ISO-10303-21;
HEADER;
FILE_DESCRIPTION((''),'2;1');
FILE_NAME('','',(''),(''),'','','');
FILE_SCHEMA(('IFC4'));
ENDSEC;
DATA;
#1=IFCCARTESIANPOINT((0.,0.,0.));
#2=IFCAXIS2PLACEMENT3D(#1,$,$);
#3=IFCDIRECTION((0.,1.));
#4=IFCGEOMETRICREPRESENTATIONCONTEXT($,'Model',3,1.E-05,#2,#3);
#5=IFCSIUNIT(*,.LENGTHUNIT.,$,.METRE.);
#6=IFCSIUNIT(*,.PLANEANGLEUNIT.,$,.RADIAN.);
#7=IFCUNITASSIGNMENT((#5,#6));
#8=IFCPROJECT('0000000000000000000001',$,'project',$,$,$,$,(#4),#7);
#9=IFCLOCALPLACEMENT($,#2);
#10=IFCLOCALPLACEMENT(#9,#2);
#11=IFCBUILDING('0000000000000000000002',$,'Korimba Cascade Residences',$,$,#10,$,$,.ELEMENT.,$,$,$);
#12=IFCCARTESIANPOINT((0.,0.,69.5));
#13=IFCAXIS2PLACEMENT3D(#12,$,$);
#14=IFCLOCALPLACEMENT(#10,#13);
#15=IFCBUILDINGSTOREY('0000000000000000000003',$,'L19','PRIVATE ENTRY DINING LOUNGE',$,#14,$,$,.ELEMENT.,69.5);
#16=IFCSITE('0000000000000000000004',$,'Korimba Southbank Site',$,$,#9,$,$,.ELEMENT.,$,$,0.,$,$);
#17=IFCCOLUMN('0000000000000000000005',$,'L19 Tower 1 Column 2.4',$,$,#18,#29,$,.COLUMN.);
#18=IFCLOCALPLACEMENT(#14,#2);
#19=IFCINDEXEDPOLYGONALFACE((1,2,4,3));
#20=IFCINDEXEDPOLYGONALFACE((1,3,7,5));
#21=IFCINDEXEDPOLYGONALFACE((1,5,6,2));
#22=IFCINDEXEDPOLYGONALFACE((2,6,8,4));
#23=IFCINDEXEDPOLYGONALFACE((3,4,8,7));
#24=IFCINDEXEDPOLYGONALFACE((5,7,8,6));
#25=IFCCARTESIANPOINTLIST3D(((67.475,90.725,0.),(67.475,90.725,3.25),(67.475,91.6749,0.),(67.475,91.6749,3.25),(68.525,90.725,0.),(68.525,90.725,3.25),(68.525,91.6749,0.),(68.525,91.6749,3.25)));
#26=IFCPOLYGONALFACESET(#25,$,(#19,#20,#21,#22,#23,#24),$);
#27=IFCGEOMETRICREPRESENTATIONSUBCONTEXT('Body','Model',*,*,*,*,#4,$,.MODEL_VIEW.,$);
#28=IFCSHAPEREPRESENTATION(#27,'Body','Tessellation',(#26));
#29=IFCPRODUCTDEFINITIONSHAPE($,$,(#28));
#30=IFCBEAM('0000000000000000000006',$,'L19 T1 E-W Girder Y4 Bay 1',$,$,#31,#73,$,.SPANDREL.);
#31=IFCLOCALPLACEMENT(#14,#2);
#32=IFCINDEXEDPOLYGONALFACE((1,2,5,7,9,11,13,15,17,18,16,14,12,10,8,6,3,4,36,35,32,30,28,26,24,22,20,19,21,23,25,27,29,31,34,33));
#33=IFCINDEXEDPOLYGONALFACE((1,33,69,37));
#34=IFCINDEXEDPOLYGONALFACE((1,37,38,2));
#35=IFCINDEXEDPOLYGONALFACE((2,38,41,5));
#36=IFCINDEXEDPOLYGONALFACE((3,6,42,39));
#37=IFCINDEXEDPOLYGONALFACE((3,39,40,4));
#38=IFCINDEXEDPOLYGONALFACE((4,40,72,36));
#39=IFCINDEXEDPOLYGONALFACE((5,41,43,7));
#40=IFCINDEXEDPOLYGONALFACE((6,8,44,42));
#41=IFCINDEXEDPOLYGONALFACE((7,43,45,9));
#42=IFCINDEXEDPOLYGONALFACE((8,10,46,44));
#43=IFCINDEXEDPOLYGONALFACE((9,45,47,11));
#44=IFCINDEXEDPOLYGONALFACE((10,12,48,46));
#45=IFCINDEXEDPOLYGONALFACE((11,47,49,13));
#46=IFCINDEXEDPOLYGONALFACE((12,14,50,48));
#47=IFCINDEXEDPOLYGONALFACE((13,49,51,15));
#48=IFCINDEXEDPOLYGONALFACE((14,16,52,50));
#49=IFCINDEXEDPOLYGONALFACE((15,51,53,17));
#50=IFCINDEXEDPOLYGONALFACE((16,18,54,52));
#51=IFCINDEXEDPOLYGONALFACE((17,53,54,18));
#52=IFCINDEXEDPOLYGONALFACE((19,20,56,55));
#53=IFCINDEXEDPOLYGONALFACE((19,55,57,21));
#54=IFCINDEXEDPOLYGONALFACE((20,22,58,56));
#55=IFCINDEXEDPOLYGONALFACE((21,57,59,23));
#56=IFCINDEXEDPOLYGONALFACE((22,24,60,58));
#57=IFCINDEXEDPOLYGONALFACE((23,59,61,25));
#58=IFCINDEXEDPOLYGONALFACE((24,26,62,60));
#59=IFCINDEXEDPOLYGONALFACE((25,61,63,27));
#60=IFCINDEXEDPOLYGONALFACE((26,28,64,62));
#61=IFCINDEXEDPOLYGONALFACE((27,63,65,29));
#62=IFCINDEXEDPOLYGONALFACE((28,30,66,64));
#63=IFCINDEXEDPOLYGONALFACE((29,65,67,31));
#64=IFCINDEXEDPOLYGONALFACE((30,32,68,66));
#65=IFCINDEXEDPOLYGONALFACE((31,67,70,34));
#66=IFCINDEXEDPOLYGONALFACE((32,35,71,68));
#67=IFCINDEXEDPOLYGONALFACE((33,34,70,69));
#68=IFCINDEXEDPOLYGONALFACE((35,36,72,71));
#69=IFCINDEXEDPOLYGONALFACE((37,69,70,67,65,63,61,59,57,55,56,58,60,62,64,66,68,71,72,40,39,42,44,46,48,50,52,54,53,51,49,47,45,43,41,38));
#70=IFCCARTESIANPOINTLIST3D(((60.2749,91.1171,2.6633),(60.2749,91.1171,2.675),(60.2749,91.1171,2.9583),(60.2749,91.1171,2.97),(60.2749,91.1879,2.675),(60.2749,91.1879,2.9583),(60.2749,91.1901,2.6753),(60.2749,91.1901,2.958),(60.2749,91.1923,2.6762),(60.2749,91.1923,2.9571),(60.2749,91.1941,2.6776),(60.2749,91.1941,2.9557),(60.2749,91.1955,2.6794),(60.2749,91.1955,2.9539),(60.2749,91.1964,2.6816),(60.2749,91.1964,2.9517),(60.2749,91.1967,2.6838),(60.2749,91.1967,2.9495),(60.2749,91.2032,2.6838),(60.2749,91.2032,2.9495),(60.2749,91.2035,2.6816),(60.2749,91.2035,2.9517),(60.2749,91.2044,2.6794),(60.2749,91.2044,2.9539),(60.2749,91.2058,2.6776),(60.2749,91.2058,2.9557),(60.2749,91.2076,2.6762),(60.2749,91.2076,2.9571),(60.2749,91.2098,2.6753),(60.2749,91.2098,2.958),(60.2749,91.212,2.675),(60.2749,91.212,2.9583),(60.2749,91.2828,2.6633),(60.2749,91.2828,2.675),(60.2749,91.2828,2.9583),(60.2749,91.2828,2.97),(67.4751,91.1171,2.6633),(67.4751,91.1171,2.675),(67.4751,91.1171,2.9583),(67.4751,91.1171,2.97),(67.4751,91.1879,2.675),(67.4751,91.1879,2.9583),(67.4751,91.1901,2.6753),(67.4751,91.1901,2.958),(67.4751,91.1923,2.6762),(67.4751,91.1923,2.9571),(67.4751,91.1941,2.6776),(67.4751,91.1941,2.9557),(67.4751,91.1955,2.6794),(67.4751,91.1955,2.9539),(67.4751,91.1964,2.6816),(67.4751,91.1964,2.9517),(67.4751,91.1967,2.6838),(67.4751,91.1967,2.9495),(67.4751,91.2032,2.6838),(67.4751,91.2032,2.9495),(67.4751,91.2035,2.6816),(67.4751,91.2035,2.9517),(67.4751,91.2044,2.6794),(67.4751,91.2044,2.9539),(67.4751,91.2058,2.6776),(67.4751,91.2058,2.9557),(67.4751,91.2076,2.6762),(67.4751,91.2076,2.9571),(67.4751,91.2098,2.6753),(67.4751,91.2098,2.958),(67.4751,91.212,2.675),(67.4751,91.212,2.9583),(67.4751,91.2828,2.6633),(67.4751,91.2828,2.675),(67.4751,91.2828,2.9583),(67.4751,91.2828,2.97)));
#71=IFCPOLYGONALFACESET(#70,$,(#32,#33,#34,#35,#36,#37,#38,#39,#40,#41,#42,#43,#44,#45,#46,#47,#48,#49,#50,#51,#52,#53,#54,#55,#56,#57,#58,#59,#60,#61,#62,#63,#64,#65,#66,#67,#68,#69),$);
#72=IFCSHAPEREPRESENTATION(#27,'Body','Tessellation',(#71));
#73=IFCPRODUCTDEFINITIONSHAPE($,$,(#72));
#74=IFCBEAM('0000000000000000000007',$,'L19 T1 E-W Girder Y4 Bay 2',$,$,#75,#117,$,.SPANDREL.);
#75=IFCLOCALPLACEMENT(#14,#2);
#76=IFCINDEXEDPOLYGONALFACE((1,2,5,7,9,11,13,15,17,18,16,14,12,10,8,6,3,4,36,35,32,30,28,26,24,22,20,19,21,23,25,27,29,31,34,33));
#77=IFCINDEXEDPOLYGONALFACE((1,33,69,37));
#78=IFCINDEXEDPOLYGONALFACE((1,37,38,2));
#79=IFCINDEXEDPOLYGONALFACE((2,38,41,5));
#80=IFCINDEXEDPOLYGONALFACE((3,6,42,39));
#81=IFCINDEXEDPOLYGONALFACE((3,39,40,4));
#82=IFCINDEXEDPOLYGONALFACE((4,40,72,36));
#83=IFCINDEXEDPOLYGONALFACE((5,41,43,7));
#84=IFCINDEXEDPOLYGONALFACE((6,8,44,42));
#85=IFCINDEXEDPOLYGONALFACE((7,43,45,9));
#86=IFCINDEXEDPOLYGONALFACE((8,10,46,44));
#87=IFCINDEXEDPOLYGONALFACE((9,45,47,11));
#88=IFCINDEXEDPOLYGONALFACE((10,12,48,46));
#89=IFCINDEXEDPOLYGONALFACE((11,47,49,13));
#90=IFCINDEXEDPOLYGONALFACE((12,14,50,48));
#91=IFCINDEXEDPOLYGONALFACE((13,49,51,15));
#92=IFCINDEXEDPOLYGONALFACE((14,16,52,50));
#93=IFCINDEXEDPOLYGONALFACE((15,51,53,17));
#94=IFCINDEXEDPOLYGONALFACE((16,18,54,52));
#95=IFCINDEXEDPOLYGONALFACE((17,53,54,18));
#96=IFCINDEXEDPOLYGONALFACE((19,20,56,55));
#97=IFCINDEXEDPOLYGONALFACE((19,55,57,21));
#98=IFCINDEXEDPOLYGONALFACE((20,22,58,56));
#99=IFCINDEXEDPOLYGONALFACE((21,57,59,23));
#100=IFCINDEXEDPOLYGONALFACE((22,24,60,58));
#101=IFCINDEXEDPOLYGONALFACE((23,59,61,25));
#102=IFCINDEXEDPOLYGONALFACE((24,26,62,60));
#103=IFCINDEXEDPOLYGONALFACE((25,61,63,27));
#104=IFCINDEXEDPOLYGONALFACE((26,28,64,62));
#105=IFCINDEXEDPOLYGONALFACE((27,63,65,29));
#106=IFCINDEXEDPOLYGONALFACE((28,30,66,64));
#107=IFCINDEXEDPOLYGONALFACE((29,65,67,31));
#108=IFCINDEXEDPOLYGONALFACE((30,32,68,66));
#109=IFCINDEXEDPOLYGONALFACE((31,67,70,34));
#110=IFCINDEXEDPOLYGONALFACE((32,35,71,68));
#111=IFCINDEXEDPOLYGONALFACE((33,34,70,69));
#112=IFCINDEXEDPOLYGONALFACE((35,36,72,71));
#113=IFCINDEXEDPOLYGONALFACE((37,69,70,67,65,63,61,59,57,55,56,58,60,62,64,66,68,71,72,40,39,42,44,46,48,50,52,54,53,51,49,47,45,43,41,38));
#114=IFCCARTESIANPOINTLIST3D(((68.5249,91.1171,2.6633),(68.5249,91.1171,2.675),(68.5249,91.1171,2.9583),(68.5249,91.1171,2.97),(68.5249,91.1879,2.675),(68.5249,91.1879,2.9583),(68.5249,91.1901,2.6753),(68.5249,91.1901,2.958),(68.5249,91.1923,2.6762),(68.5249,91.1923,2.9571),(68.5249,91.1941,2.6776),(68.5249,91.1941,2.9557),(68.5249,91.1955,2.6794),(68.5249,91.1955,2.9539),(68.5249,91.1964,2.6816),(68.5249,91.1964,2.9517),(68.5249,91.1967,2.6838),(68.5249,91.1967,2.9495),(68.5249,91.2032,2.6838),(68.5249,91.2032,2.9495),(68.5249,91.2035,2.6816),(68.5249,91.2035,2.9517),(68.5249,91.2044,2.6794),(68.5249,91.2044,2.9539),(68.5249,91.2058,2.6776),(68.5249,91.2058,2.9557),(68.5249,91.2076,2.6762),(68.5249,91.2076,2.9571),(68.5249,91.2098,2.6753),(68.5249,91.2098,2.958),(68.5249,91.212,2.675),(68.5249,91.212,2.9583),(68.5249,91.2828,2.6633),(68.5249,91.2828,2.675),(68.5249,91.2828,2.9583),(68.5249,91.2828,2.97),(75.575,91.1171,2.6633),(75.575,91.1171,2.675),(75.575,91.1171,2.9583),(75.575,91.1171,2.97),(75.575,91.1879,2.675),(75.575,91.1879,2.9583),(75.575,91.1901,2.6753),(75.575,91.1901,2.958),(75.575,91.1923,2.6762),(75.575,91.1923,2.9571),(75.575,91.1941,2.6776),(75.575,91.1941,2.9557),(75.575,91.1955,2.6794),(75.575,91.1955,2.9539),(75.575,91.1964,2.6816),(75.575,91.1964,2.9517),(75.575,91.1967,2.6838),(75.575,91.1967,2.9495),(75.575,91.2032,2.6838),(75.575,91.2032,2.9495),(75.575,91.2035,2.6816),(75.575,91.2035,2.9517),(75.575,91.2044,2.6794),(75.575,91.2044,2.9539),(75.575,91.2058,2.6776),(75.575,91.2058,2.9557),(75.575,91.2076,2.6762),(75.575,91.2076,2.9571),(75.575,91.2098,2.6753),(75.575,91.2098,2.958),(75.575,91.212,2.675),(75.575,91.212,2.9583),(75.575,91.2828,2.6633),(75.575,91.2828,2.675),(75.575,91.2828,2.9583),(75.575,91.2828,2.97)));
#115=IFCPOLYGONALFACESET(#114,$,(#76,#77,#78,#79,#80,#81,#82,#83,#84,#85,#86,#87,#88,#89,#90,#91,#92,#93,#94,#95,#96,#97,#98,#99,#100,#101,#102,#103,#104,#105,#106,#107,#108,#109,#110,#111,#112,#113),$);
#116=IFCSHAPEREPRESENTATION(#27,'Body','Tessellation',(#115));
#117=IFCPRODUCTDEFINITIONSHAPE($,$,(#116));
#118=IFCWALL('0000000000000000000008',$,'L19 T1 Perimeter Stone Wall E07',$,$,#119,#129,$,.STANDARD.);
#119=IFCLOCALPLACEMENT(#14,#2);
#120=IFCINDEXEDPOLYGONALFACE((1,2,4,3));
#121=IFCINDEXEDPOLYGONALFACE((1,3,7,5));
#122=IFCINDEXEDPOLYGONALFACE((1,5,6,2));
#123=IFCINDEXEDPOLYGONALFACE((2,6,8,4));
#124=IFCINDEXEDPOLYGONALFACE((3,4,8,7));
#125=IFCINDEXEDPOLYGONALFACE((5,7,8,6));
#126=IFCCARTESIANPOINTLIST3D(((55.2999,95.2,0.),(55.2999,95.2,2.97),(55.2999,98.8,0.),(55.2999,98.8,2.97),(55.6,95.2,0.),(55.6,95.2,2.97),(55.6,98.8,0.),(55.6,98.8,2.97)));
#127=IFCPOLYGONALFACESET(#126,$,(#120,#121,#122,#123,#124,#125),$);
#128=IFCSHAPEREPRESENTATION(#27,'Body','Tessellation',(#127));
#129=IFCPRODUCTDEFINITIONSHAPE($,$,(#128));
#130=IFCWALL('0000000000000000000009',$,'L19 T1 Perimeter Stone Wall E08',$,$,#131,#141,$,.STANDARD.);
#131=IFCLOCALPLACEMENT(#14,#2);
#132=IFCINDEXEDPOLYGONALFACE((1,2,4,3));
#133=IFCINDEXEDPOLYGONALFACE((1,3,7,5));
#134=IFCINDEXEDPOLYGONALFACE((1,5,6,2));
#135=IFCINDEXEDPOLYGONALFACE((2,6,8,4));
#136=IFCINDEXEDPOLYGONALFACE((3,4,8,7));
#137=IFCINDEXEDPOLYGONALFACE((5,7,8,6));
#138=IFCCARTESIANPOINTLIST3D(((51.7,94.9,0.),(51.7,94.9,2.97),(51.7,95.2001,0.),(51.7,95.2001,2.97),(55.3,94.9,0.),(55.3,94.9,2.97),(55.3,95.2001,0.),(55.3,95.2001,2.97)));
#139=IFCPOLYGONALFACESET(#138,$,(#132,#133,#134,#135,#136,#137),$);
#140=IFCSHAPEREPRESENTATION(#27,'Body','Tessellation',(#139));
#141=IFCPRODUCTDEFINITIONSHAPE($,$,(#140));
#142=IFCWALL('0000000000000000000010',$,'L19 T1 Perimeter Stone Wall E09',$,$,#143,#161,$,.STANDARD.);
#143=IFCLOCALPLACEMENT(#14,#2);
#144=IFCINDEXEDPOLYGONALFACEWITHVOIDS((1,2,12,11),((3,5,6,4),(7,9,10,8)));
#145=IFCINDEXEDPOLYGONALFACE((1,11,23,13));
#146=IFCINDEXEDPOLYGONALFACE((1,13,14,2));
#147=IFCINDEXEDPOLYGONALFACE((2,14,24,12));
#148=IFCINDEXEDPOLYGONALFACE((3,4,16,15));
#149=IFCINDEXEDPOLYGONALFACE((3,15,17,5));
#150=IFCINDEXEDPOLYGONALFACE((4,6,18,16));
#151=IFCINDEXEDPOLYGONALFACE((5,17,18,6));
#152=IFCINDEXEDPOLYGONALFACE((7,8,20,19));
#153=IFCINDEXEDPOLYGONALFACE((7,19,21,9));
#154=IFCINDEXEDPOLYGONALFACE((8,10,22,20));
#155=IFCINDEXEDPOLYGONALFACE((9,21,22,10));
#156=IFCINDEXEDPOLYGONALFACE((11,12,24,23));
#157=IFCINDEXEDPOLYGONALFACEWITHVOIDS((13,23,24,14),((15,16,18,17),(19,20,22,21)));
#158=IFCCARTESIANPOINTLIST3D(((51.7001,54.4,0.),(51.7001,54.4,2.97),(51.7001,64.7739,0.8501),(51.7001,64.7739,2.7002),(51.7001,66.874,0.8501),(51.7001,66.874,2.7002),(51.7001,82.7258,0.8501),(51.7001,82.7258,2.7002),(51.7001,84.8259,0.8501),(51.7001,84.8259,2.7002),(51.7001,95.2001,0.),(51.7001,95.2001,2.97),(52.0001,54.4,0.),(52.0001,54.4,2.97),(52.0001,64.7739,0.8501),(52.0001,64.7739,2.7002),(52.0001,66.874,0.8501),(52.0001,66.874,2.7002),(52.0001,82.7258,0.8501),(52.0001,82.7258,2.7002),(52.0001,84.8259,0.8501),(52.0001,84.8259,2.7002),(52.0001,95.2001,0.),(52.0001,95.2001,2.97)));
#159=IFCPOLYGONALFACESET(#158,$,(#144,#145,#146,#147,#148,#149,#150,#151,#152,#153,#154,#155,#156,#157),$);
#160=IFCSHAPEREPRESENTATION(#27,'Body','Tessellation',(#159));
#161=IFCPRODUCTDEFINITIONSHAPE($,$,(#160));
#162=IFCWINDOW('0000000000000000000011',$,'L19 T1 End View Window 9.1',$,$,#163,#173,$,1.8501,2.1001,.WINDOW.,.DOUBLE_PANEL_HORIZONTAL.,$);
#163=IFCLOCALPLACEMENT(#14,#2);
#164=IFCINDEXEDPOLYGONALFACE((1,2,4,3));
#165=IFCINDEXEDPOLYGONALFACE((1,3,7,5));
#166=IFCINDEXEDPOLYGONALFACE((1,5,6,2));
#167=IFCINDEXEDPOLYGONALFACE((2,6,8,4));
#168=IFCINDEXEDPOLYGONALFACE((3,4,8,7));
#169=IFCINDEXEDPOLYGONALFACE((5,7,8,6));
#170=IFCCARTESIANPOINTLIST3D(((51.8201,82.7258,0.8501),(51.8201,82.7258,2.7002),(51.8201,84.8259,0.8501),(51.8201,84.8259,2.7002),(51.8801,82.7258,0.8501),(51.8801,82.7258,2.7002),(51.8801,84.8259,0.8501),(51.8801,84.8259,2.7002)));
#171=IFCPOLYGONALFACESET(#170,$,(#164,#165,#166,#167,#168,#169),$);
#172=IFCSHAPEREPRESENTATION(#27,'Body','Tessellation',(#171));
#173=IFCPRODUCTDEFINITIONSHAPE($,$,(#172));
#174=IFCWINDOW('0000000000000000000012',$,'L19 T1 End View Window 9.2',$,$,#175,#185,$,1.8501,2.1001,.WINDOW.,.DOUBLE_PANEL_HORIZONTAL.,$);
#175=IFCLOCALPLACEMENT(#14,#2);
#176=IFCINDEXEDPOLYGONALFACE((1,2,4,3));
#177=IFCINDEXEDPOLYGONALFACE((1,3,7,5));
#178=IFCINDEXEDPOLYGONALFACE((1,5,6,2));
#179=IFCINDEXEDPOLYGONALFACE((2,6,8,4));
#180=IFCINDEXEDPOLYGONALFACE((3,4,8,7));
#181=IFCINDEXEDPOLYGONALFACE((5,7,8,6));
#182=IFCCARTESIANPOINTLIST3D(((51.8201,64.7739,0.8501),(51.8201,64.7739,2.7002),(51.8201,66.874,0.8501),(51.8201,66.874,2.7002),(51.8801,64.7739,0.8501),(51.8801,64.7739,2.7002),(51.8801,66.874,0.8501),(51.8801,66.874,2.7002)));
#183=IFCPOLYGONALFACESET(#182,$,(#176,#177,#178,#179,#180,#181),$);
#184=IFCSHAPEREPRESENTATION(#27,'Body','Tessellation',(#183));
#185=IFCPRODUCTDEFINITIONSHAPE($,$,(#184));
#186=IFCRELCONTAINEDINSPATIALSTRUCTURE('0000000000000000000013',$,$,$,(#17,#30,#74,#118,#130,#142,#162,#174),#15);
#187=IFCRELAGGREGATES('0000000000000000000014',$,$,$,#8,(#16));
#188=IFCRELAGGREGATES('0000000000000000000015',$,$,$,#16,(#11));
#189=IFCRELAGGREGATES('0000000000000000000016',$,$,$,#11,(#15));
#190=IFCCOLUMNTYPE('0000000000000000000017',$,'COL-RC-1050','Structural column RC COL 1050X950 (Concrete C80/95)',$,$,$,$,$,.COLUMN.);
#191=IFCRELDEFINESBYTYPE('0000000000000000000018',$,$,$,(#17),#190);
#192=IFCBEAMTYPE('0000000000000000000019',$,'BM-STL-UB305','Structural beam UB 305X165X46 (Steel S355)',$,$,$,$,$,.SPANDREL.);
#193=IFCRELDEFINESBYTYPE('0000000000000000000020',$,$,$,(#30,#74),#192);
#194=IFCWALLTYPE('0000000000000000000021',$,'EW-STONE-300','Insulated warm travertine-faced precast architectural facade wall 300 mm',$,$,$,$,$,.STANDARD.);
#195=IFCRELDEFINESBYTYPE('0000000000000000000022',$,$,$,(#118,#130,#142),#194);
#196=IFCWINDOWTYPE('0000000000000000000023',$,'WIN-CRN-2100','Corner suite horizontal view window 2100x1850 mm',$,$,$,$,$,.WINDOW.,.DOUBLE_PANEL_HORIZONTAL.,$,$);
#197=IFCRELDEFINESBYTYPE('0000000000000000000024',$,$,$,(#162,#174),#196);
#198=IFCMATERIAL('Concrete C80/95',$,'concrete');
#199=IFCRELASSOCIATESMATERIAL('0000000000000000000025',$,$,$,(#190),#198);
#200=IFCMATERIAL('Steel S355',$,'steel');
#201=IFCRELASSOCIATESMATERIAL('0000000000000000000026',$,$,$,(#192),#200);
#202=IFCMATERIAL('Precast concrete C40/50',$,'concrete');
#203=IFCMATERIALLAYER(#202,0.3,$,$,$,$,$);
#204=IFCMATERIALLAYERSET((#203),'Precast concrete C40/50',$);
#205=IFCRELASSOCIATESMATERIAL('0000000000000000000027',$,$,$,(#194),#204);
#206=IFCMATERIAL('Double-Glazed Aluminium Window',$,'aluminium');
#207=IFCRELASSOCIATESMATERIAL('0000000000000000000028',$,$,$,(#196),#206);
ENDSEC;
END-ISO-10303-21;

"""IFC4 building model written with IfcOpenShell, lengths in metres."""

from ifc_helpers import new_model, si_unit, direction, frame, frame_2d, origin, origin_2d, place, context, subcontext, project, spatial, rectangle, i_section, extrude, material, layer, layer_set, material_profile, profile_set, type_object, element, fill, save


model = new_model("IFC4")

# Units and contexts
model_context = context("Model", 3, precision=1e-05, world=origin(), true_north=direction((0.0, 1.0)))
body_context = subcontext(model_context, "Body", "Model", "MODEL_VIEW")
ifc_project = project(units=[si_unit("LENGTHUNIT", "METRE"), si_unit("PLANEANGLEUNIT", "RADIAN")], contexts=[model_context])

# Site, building, storey
site_placement = place(None, origin())
site = spatial("IfcSite", under=ifc_project, at=site_placement, Name="Korimba Southbank Site", CompositionType="ELEMENT", RefElevation=0.0)
building_placement = place(site_placement, origin())
building = spatial("IfcBuilding", under=site, at=building_placement, Name="Korimba Cascade Residences", CompositionType="ELEMENT")
storey_placement = place(building_placement, frame((0.0, 0.0, 69.5)))
storey = spatial("IfcBuildingStorey", under=building, at=storey_placement, Name="L19", Description="PRIVATE ENTRY DINING LOUNGE", CompositionType="ELEMENT", Elevation=69.5)

# Column
ifc_material_1 = material(Name="Concrete C80/95", Category="concrete")
ifc_material_profile_1 = material_profile(ifc_material_1, rectangle(XDim=1.05, YDim=0.95, at=origin_2d()), Name="Concrete C80/95")
ifc_profile_set_1 = profile_set([ifc_material_profile_1], Name="Concrete C80/95")
column_type = type_object("IfcColumnType", Name="COL-RC-1050", Description="Structural column RC COL 1050X950 (Concrete C80/95)", PredefinedType="COLUMN", material=ifc_profile_set_1)
column_placement = place(storey_placement, frame((68.0, 91.2, 0.0), z_axis=(0.0, 0.0, 1.0), x_axis=(1.0, 0.0, 0.0)))
element("IfcColumn", 1, at=column_placement, inside=storey, type_object=column_type, Name="L19 Tower 1 Column 2.4", PredefinedType="COLUMN", context=body_context, shape_type="SweptSolid", body=[
    extrude(rectangle(XDim=1.05, YDim=0.95, at=origin_2d()), origin(), (0.0, 0.0, 1.0), 3.25),
])

# Beams
ifc_material_2 = material(Name="Steel S355", Category="steel")
ifc_material_profile_2 = material_profile(ifc_material_2, i_section(OverallWidth=0.1658, OverallDepth=0.3066, WebThickness=0.0066, FlangeThickness=0.0117, FilletRadius=0.0088, at=origin_2d()), Name="Steel S355")
ifc_profile_set_2 = profile_set([ifc_material_profile_2], Name="Steel S355")
beam_type = type_object("IfcBeamType", Name="BM-STL-UB305", Description="Structural beam UB 305X165X46 (Steel S355)", PredefinedType="SPANDREL", material=ifc_profile_set_2)
beam_1_placement = place(storey_placement, frame((60.2749, 91.2, 2.8167), z_axis=(1.0, 0.0, 0.0), x_axis=(0.0, 1.0, 0.0)))
element("IfcBeam", 2, at=beam_1_placement, inside=storey, type_object=beam_type, Name="L19 T1 E-W Girder Y4 Bay 1", PredefinedType="SPANDREL", context=body_context, shape_type="SweptSolid", body=[
    extrude(i_section(OverallWidth=0.1658, OverallDepth=0.3066, WebThickness=0.0066, FlangeThickness=0.0117, FilletRadius=0.0088, at=origin_2d()), origin(), (0.0, 0.0, 1.0), 7.2002),
])
beam_2_placement = place(storey_placement, frame((68.5249, 91.2, 2.8167), z_axis=(1.0, 0.0, 0.0), x_axis=(0.0, 1.0, 0.0)))
element("IfcBeam", 3, at=beam_2_placement, inside=storey, type_object=beam_type, Name="L19 T1 E-W Girder Y4 Bay 2", PredefinedType="SPANDREL", context=body_context, shape_type="SweptSolid", body=[
    extrude(i_section(OverallWidth=0.1658, OverallDepth=0.3066, WebThickness=0.0066, FlangeThickness=0.0117, FilletRadius=0.0088, at=origin_2d()), origin(), (0.0, 0.0, 1.0), 7.05),
])

# Walls
ifc_material_3 = material(Name="Precast concrete C40/50", Category="concrete")
ifc_layer_1 = layer(ifc_material_3, 0.3)
ifc_layer_set_1 = layer_set([ifc_layer_1], Name="Precast concrete C40/50")
wall_type_1 = type_object("IfcWallType", Name="EW-STONE-300", Description="Insulated warm travertine-faced precast architectural facade wall 300 mm", PredefinedType="STANDARD", material=ifc_layer_set_1)
for number, where, z_axis, x_axis, name in (
    (4, (55.45, 98.8, 0.0), (0.0, 0.0, 1.0), (0.0, -1.0, 0.0), "L19 T1 Perimeter Stone Wall E07"),
    (5, (55.3, 95.05, 0.0), (0.0, 0.0, 1.0), (-1.0, 0.0, 0.0), "L19 T1 Perimeter Stone Wall E08"),
):
    element("IfcWall", number, at=place(storey_placement, frame(where, z_axis=z_axis, x_axis=x_axis)), inside=storey, type_object=wall_type_1, Name=name, PredefinedType="STANDARD", context=body_context, shape_type="SweptSolid", body=[
        extrude(rectangle(XDim=3.6001, YDim=0.3, at=frame_2d((1.8, 0.0))), origin(), (0.0, 0.0, 1.0), 2.97),
    ])

# Wall, openings, windows
wall_1_placement = place(storey_placement, frame((51.8501, 95.2, 0.0), z_axis=(0.0, 0.0, 1.0), x_axis=(0.0, -1.0, 0.0)))
wall_1 = element("IfcWall", 6, at=wall_1_placement, inside=storey, type_object=wall_type_1, Name="L19 T1 Perimeter Stone Wall E09", PredefinedType="STANDARD", context=body_context, shape_type="SweptSolid", body=[
    extrude(rectangle(XDim=40.8, YDim=0.3, at=frame_2d((20.3999, 0.0))), origin(), (0.0, 0.0, 1.0), 2.97),
])
opening_1_placement = place(wall_1_placement, frame((10.374, 0.0, 0.8501)))
opening_1 = element("IfcOpeningElement", 7, at=opening_1_placement, cuts=wall_1, PredefinedType="OPENING", context=body_context, shape_type="SweptSolid", body=[
    extrude(rectangle(XDim=2.1001, YDim=1.8501, at=frame_2d((1.05, 0.925))), frame((0.0, 0.1602, 0.0), z_axis=(0.0, -1.0, 0.0), x_axis=(1.0, 0.0, 0.0)), (0.0, 0.0, 1.0), 0.3201),
])
opening_2_placement = place(wall_1_placement, frame((28.3259, 0.0, 0.8501)))
opening_2 = element("IfcOpeningElement", 8, at=opening_2_placement, cuts=wall_1, PredefinedType="OPENING", context=body_context, shape_type="SweptSolid", body=[
    extrude(rectangle(XDim=2.1001, YDim=1.8501, at=frame_2d((1.05, 0.925))), frame((0.0, 0.1602, 0.0), z_axis=(0.0, -1.0, 0.0), x_axis=(1.0, 0.0, 0.0)), (0.0, 0.0, 1.0), 0.3201),
])
ifc_material_4 = material(Name="Double-Glazed Aluminium Window", Category="aluminium")
window_type = type_object("IfcWindowType", Name="WIN-CRN-2100", Description="Corner suite horizontal view window 2100x1850 mm", PartitioningType="DOUBLE_PANEL_HORIZONTAL", PredefinedType="WINDOW", material=ifc_material_4)
window_1_placement = place(opening_1_placement, origin())
window_1 = element("IfcWindow", 9, at=window_1_placement, inside=storey, type_object=window_type, Name="L19 T1 End View Window 9.1", OverallHeight=1.8501, OverallWidth=2.1001, PartitioningType="DOUBLE_PANEL_HORIZONTAL", PredefinedType="WINDOW", context=body_context, shape_type="SweptSolid", body=[
    extrude(rectangle(XDim=2.1001, YDim=1.8501, at=frame_2d((1.05, 0.925))), frame((0.0, 0.03, 0.0), z_axis=(0.0, -1.0, 0.0), x_axis=(1.0, 0.0, 0.0)), (0.0, 0.0, 1.0), 0.0601),
])
fill(opening_1, window_1)
window_2_placement = place(opening_2_placement, origin())
window_2 = element("IfcWindow", 10, at=window_2_placement, inside=storey, type_object=window_type, Name="L19 T1 End View Window 9.2", OverallHeight=1.8501, OverallWidth=2.1001, PartitioningType="DOUBLE_PANEL_HORIZONTAL", PredefinedType="WINDOW", context=body_context, shape_type="SweptSolid", body=[
    extrude(rectangle(XDim=2.1001, YDim=1.8501, at=frame_2d((1.05, 0.925))), frame((0.0, 0.03, 0.0), z_axis=(0.0, -1.0, 0.0), x_axis=(1.0, 0.0, 0.0)), (0.0, 0.0, 1.0), 0.0601),
])
fill(opening_2, window_2)

save(model, "model.ifc")
